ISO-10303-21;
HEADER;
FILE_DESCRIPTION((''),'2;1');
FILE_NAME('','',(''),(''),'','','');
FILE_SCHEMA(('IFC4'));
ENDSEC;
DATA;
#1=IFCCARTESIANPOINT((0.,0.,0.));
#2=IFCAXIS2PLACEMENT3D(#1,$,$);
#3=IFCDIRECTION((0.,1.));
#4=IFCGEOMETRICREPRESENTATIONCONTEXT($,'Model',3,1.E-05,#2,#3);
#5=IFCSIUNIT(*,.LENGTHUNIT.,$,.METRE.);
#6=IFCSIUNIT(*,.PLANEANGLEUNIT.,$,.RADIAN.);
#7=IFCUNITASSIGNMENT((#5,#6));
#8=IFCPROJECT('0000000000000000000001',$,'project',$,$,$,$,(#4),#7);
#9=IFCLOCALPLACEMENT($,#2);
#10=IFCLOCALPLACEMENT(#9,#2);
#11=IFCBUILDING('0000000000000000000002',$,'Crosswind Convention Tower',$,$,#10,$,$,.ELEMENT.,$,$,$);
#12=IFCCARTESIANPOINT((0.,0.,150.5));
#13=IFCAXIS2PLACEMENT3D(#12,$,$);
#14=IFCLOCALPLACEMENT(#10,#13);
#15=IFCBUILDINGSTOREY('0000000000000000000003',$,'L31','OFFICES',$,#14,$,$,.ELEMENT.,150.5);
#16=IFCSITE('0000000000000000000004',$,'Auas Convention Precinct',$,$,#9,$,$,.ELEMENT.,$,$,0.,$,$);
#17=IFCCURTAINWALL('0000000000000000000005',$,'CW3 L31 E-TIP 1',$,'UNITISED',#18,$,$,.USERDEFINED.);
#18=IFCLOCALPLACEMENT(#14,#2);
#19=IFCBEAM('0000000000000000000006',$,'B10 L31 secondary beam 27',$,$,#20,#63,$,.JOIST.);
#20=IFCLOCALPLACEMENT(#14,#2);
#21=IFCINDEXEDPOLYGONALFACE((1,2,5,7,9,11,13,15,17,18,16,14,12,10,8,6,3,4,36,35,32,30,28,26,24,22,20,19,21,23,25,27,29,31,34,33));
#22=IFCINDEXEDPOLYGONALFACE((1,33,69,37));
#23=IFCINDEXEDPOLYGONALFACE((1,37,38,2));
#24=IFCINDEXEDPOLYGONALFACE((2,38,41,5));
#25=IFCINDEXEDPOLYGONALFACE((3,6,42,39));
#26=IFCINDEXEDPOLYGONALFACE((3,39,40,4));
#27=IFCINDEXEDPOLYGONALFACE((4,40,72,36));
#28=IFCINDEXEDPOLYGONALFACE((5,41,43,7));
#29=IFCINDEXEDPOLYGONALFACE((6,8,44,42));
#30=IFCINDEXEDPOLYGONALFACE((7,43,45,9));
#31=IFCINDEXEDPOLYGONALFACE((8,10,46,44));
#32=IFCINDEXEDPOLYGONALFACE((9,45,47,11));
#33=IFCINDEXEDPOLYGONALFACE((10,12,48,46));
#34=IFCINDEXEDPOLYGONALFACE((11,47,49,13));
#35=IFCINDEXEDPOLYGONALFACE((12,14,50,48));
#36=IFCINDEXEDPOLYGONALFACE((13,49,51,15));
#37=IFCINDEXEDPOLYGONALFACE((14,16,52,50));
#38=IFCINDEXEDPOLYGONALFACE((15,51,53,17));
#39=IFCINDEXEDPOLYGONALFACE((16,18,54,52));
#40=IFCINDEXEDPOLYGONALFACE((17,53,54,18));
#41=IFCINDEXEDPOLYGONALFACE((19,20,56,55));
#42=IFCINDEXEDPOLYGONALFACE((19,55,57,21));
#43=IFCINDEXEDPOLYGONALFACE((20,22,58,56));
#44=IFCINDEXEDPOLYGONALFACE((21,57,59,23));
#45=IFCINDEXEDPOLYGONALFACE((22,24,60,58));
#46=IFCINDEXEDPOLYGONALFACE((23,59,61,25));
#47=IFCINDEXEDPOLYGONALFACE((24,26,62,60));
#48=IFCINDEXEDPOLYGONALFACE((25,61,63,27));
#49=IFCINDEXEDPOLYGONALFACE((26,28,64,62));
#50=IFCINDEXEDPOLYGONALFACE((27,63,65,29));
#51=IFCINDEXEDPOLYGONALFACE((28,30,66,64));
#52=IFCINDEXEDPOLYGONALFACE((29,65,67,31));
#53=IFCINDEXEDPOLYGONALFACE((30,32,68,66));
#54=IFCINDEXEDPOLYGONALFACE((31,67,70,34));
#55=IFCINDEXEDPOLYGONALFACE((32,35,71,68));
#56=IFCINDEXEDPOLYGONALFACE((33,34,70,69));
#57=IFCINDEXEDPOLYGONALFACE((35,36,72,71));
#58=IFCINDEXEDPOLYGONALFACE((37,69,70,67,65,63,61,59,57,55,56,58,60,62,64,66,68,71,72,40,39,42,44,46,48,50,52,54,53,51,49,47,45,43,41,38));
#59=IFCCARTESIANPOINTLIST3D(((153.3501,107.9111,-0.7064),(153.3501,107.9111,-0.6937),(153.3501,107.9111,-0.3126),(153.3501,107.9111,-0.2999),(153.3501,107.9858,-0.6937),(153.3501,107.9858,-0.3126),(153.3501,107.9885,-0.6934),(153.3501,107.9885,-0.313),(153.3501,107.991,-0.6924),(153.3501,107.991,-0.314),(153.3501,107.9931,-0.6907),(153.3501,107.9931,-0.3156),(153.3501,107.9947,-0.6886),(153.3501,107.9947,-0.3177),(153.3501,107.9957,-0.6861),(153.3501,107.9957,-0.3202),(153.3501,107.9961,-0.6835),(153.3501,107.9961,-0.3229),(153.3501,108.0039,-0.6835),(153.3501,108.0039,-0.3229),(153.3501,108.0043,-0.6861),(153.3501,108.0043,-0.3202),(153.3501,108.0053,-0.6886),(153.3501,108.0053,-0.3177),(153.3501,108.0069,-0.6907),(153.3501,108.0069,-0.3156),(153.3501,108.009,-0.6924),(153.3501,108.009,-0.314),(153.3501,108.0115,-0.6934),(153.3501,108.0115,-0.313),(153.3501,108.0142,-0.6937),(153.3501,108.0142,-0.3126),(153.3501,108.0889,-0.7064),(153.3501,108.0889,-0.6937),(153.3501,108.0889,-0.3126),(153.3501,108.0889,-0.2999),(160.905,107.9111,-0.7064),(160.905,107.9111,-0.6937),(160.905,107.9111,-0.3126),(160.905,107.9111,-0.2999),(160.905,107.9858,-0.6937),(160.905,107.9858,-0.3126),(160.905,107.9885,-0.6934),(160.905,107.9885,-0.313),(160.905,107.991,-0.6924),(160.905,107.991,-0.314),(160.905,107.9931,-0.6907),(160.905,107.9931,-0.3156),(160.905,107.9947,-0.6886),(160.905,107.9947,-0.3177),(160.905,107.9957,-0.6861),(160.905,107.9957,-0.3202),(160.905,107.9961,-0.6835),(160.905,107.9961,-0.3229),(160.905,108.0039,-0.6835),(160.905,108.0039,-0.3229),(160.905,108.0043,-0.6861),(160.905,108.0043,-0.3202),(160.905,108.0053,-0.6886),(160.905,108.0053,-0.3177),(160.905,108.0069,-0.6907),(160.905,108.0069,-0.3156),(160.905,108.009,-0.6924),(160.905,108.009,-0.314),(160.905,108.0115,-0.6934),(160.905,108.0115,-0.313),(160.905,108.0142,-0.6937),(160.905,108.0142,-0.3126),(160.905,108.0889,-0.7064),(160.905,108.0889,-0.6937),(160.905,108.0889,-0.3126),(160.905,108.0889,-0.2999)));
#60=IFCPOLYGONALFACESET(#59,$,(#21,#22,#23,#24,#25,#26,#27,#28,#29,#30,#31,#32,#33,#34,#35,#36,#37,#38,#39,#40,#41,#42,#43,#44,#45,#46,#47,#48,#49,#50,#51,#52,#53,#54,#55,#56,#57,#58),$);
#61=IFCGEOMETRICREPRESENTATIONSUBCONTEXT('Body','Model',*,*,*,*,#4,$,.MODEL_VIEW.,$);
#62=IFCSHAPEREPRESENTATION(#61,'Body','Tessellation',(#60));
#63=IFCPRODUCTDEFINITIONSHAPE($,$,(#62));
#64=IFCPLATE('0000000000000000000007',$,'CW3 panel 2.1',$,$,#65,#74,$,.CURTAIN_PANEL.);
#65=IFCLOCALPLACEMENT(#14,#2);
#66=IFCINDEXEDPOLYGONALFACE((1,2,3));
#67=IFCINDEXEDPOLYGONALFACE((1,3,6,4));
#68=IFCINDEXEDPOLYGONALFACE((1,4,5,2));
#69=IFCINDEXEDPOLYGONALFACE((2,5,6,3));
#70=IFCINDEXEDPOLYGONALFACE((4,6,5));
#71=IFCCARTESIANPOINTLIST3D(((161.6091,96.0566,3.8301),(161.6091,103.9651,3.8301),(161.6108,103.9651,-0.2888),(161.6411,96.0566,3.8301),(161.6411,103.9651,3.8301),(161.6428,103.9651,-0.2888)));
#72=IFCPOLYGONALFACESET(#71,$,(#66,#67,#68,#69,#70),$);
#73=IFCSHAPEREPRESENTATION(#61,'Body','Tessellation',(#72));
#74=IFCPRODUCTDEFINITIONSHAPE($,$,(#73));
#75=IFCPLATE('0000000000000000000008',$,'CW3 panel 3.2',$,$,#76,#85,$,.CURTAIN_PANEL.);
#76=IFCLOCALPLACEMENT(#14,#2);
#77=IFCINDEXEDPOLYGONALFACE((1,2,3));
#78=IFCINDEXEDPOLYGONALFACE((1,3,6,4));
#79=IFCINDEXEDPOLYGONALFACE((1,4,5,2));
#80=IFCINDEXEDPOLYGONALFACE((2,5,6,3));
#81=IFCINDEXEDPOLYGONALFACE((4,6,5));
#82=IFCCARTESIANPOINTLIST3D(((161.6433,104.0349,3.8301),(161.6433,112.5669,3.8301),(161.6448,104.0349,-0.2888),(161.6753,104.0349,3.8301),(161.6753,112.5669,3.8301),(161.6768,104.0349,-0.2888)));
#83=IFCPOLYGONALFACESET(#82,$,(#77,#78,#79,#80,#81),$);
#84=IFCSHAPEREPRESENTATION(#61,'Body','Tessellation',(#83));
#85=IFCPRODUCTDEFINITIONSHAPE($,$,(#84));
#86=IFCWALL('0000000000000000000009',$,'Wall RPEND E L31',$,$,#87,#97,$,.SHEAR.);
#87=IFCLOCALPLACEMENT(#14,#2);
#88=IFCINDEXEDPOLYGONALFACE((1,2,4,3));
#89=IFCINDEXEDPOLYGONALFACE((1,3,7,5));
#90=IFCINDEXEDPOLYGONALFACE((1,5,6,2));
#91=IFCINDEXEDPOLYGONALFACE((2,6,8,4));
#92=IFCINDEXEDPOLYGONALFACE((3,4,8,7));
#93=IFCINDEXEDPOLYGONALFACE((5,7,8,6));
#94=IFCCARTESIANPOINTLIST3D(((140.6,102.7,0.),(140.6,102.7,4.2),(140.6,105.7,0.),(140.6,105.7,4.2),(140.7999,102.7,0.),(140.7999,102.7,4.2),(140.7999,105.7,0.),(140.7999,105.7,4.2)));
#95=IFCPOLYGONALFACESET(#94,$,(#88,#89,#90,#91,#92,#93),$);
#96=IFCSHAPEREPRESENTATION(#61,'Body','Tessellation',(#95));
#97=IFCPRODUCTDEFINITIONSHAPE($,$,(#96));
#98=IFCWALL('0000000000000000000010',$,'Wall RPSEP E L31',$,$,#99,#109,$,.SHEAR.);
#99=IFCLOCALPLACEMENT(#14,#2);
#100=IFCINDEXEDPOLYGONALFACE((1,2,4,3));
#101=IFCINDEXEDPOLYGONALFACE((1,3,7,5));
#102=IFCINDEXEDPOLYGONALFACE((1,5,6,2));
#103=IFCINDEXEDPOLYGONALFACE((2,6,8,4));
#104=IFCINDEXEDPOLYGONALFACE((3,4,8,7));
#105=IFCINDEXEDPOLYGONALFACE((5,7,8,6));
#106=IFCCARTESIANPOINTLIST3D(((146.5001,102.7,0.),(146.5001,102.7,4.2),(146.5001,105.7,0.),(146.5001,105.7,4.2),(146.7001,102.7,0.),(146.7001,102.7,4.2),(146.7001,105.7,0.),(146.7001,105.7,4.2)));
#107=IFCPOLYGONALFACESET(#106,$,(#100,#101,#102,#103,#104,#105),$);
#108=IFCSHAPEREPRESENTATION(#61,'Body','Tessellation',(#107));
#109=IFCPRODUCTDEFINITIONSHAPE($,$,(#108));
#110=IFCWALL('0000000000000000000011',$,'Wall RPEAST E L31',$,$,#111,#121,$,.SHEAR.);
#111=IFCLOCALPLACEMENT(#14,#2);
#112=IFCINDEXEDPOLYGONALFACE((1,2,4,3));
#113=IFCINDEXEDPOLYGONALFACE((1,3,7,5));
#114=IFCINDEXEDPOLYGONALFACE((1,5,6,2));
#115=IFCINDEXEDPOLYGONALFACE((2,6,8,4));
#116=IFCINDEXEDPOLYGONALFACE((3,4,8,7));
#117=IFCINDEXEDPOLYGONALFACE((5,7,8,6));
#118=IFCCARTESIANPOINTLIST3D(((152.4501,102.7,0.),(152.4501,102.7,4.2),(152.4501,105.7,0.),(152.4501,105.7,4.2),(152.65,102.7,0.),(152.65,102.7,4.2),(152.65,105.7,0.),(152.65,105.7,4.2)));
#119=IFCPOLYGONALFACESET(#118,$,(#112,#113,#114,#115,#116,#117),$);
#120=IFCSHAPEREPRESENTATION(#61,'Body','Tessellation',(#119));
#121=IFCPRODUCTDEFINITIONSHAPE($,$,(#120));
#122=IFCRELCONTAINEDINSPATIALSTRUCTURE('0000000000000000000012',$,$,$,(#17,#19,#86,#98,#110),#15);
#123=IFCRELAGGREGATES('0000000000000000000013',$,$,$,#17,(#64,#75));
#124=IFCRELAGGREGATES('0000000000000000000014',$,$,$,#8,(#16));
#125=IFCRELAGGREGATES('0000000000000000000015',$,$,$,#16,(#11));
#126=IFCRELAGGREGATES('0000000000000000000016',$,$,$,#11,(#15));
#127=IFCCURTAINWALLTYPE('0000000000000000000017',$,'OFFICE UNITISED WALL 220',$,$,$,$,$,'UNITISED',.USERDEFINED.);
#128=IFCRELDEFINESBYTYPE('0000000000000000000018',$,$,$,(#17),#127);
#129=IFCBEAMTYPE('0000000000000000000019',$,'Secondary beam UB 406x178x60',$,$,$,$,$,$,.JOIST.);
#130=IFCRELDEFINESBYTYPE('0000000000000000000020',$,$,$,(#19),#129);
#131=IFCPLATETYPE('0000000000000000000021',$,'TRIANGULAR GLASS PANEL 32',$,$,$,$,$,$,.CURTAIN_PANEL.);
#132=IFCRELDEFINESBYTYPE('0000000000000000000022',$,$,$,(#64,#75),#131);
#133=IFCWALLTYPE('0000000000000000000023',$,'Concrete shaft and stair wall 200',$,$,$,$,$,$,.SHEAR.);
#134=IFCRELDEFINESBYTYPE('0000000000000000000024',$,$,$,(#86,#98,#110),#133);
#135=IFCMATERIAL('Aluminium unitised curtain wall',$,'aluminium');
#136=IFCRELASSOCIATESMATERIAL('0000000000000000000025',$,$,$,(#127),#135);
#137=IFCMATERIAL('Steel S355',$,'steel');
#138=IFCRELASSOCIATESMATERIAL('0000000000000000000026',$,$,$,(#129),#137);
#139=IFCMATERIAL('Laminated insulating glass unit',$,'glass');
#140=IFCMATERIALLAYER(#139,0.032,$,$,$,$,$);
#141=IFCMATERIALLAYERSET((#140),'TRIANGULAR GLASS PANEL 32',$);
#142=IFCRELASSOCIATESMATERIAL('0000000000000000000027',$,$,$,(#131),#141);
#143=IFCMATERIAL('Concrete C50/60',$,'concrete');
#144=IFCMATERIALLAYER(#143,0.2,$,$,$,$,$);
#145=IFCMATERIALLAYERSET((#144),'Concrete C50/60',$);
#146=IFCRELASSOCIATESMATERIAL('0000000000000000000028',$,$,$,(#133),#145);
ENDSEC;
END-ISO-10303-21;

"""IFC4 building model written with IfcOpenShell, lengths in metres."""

from ifc_helpers import new_model, si_unit, direction, frame, frame_2d, origin, origin_2d, place, context, subcontext, project, spatial, polyline, rectangle, i_section, outline, extrude, material, layer, layer_set, material_profile, profile_set, type_object, element, aggregate, save


model = new_model("IFC4")

# Units and contexts
model_context = context("Model", 3, precision=1e-05, world=origin(), true_north=direction((0.0, 1.0)))
body_context = subcontext(model_context, "Body", "Model", "MODEL_VIEW")
ifc_project = project(units=[si_unit("LENGTHUNIT", "METRE"), si_unit("PLANEANGLEUNIT", "RADIAN")], contexts=[model_context])

# Site, building, storey
site_placement = place(None, origin())
site = spatial("IfcSite", under=ifc_project, at=site_placement, Name="Auas Convention Precinct", CompositionType="ELEMENT", RefElevation=0.0)
building_placement = place(site_placement, origin())
building = spatial("IfcBuilding", under=site, at=building_placement, Name="Crosswind Convention Tower", CompositionType="ELEMENT")
storey_placement = place(building_placement, frame((0.0, 0.0, 150.5)))
storey = spatial("IfcBuildingStorey", under=building, at=storey_placement, Name="L31", Description="OFFICES", CompositionType="ELEMENT", Elevation=150.5)

# Shared definitions
ifc_material_1 = material(Name="Steel S355", Category="steel")

# Curtain wall
ifc_material_2 = material(Name="Aluminium unitised curtain wall", Category="aluminium")
curtain_wall_type = type_object("IfcCurtainWallType", Name="OFFICE UNITISED WALL 220", ElementType="UNITISED", PredefinedType="USERDEFINED", material=ifc_material_2)
curtain_wall_placement = place(storey_placement, origin())
curtain_wall = element("IfcCurtainWall", 1, at=curtain_wall_placement, inside=storey, type_object=curtain_wall_type, Name="CW3 L31 E-TIP 1", ObjectType="UNITISED", PredefinedType="USERDEFINED")

# Beam
ifc_material_profile_1 = material_profile(ifc_material_1, i_section(OverallWidth=0.1777, OverallDepth=0.4065, WebThickness=0.0078, FlangeThickness=0.0127, FilletRadius=0.0103, at=origin_2d()), Name="UB 406x178x60")
ifc_profile_set_1 = profile_set([ifc_material_profile_1], Name="Steel S355")
beam_type_1 = type_object("IfcBeamType", Name="Secondary beam UB 406x178x60", PredefinedType="JOIST", material=ifc_profile_set_1)
for number, where, z_axis, x_axis, name in (
    (2, (153.3501, 108.0, -0.5032), (1.0, 0.0, 0.0), (0.0, 1.0, 0.0), "B10 L31 secondary beam 27"),
):
    element("IfcBeam", number, at=place(storey_placement, frame(where, z_axis=z_axis, x_axis=x_axis)), inside=storey, type_object=beam_type_1, Name=name, PredefinedType="JOIST", context=body_context, shape_type="SweptSolid", body=[
        extrude(i_section(OverallWidth=0.1777, OverallDepth=0.4065, WebThickness=0.0078, FlangeThickness=0.0127, FilletRadius=0.0103, at=origin_2d()), origin(), (0.0, 0.0, 1.0), 7.5549),
    ])

# Plates
ifc_material_3 = material(Name="Laminated insulating glass unit", Category="glass")
ifc_layer_1 = layer(ifc_material_3, 0.032)
ifc_layer_set_1 = layer_set([ifc_layer_1], Name="TRIANGULAR GLASS PANEL 32")
plate_type = type_object("IfcPlateType", Name="TRIANGULAR GLASS PANEL 32", PredefinedType="CURTAIN_PANEL", material=ifc_layer_set_1)
plate_1_placement = place(storey_placement, frame((161.6411, 103.9651, 3.8301), z_axis=(1.0, 0.0, 0.000415), x_axis=(0.0, -1.0, 0.0)))
plate_1 = element("IfcPlate", 3, at=plate_1_placement, type_object=plate_type, Name="CW3 panel 2.1", PredefinedType="CURTAIN_PANEL", context=body_context, shape_type="SweptSolid", body=[
    extrude(outline(polyline([(0.0, 0.0), (7.9084, 0.0), (0.0, 4.1189), (0.0, 0.0)])), origin(), (0.0, 0.0, -1.0), 0.032),
])
plate_2_placement = place(storey_placement, frame((161.6753, 104.0349, 3.8301), z_axis=(1.0, 0.0, 0.000356), x_axis=(0.000356, 0.0, -1.0)))
plate_2 = element("IfcPlate", 4, at=plate_2_placement, type_object=plate_type, Name="CW3 panel 3.2", PredefinedType="CURTAIN_PANEL", context=body_context, shape_type="SweptSolid", body=[
    extrude(outline(polyline([(0.0, 0.0), (4.1189, 0.0), (0.0, 8.532), (0.0, 0.0)])), origin(), (0.0, 0.0, -1.0), 0.032),
])
aggregate(curtain_wall, [plate_1, plate_2])

# Walls
ifc_material_4 = material(Name="Concrete C50/60", Category="concrete")
ifc_layer_2 = layer(ifc_material_4, 0.2)
ifc_layer_set_2 = layer_set([ifc_layer_2], Name="Concrete C50/60")
wall_type_1 = type_object("IfcWallType", Name="Concrete shaft and stair wall 200", PredefinedType="SHEAR", material=ifc_layer_set_2)
for number, where, z_axis, x_axis, name in (
    (5, (140.7, 102.7, 0.0), (0.0, 0.0, 1.0), (0.0, 1.0, 0.0), "Wall RPEND E L31"),
    (6, (146.6001, 102.7, 0.0), (0.0, 0.0, 1.0), (0.0, 1.0, 0.0), "Wall RPSEP E L31"),
    (7, (152.55, 102.7, 0.0), (0.0, 0.0, 1.0), (0.0, 1.0, 0.0), "Wall RPEAST E L31"),
):
    element("IfcWall", number, at=place(storey_placement, frame(where, z_axis=z_axis, x_axis=x_axis)), inside=storey, type_object=wall_type_1, Name=name, PredefinedType="SHEAR", context=body_context, shape_type="SweptSolid", body=[
        extrude(rectangle(XDim=3.0, YDim=0.2, at=frame_2d((1.5, 0.0))), origin(), (0.0, 0.0, 1.0), 4.2),
    ])

save(model, "model.ifc")
